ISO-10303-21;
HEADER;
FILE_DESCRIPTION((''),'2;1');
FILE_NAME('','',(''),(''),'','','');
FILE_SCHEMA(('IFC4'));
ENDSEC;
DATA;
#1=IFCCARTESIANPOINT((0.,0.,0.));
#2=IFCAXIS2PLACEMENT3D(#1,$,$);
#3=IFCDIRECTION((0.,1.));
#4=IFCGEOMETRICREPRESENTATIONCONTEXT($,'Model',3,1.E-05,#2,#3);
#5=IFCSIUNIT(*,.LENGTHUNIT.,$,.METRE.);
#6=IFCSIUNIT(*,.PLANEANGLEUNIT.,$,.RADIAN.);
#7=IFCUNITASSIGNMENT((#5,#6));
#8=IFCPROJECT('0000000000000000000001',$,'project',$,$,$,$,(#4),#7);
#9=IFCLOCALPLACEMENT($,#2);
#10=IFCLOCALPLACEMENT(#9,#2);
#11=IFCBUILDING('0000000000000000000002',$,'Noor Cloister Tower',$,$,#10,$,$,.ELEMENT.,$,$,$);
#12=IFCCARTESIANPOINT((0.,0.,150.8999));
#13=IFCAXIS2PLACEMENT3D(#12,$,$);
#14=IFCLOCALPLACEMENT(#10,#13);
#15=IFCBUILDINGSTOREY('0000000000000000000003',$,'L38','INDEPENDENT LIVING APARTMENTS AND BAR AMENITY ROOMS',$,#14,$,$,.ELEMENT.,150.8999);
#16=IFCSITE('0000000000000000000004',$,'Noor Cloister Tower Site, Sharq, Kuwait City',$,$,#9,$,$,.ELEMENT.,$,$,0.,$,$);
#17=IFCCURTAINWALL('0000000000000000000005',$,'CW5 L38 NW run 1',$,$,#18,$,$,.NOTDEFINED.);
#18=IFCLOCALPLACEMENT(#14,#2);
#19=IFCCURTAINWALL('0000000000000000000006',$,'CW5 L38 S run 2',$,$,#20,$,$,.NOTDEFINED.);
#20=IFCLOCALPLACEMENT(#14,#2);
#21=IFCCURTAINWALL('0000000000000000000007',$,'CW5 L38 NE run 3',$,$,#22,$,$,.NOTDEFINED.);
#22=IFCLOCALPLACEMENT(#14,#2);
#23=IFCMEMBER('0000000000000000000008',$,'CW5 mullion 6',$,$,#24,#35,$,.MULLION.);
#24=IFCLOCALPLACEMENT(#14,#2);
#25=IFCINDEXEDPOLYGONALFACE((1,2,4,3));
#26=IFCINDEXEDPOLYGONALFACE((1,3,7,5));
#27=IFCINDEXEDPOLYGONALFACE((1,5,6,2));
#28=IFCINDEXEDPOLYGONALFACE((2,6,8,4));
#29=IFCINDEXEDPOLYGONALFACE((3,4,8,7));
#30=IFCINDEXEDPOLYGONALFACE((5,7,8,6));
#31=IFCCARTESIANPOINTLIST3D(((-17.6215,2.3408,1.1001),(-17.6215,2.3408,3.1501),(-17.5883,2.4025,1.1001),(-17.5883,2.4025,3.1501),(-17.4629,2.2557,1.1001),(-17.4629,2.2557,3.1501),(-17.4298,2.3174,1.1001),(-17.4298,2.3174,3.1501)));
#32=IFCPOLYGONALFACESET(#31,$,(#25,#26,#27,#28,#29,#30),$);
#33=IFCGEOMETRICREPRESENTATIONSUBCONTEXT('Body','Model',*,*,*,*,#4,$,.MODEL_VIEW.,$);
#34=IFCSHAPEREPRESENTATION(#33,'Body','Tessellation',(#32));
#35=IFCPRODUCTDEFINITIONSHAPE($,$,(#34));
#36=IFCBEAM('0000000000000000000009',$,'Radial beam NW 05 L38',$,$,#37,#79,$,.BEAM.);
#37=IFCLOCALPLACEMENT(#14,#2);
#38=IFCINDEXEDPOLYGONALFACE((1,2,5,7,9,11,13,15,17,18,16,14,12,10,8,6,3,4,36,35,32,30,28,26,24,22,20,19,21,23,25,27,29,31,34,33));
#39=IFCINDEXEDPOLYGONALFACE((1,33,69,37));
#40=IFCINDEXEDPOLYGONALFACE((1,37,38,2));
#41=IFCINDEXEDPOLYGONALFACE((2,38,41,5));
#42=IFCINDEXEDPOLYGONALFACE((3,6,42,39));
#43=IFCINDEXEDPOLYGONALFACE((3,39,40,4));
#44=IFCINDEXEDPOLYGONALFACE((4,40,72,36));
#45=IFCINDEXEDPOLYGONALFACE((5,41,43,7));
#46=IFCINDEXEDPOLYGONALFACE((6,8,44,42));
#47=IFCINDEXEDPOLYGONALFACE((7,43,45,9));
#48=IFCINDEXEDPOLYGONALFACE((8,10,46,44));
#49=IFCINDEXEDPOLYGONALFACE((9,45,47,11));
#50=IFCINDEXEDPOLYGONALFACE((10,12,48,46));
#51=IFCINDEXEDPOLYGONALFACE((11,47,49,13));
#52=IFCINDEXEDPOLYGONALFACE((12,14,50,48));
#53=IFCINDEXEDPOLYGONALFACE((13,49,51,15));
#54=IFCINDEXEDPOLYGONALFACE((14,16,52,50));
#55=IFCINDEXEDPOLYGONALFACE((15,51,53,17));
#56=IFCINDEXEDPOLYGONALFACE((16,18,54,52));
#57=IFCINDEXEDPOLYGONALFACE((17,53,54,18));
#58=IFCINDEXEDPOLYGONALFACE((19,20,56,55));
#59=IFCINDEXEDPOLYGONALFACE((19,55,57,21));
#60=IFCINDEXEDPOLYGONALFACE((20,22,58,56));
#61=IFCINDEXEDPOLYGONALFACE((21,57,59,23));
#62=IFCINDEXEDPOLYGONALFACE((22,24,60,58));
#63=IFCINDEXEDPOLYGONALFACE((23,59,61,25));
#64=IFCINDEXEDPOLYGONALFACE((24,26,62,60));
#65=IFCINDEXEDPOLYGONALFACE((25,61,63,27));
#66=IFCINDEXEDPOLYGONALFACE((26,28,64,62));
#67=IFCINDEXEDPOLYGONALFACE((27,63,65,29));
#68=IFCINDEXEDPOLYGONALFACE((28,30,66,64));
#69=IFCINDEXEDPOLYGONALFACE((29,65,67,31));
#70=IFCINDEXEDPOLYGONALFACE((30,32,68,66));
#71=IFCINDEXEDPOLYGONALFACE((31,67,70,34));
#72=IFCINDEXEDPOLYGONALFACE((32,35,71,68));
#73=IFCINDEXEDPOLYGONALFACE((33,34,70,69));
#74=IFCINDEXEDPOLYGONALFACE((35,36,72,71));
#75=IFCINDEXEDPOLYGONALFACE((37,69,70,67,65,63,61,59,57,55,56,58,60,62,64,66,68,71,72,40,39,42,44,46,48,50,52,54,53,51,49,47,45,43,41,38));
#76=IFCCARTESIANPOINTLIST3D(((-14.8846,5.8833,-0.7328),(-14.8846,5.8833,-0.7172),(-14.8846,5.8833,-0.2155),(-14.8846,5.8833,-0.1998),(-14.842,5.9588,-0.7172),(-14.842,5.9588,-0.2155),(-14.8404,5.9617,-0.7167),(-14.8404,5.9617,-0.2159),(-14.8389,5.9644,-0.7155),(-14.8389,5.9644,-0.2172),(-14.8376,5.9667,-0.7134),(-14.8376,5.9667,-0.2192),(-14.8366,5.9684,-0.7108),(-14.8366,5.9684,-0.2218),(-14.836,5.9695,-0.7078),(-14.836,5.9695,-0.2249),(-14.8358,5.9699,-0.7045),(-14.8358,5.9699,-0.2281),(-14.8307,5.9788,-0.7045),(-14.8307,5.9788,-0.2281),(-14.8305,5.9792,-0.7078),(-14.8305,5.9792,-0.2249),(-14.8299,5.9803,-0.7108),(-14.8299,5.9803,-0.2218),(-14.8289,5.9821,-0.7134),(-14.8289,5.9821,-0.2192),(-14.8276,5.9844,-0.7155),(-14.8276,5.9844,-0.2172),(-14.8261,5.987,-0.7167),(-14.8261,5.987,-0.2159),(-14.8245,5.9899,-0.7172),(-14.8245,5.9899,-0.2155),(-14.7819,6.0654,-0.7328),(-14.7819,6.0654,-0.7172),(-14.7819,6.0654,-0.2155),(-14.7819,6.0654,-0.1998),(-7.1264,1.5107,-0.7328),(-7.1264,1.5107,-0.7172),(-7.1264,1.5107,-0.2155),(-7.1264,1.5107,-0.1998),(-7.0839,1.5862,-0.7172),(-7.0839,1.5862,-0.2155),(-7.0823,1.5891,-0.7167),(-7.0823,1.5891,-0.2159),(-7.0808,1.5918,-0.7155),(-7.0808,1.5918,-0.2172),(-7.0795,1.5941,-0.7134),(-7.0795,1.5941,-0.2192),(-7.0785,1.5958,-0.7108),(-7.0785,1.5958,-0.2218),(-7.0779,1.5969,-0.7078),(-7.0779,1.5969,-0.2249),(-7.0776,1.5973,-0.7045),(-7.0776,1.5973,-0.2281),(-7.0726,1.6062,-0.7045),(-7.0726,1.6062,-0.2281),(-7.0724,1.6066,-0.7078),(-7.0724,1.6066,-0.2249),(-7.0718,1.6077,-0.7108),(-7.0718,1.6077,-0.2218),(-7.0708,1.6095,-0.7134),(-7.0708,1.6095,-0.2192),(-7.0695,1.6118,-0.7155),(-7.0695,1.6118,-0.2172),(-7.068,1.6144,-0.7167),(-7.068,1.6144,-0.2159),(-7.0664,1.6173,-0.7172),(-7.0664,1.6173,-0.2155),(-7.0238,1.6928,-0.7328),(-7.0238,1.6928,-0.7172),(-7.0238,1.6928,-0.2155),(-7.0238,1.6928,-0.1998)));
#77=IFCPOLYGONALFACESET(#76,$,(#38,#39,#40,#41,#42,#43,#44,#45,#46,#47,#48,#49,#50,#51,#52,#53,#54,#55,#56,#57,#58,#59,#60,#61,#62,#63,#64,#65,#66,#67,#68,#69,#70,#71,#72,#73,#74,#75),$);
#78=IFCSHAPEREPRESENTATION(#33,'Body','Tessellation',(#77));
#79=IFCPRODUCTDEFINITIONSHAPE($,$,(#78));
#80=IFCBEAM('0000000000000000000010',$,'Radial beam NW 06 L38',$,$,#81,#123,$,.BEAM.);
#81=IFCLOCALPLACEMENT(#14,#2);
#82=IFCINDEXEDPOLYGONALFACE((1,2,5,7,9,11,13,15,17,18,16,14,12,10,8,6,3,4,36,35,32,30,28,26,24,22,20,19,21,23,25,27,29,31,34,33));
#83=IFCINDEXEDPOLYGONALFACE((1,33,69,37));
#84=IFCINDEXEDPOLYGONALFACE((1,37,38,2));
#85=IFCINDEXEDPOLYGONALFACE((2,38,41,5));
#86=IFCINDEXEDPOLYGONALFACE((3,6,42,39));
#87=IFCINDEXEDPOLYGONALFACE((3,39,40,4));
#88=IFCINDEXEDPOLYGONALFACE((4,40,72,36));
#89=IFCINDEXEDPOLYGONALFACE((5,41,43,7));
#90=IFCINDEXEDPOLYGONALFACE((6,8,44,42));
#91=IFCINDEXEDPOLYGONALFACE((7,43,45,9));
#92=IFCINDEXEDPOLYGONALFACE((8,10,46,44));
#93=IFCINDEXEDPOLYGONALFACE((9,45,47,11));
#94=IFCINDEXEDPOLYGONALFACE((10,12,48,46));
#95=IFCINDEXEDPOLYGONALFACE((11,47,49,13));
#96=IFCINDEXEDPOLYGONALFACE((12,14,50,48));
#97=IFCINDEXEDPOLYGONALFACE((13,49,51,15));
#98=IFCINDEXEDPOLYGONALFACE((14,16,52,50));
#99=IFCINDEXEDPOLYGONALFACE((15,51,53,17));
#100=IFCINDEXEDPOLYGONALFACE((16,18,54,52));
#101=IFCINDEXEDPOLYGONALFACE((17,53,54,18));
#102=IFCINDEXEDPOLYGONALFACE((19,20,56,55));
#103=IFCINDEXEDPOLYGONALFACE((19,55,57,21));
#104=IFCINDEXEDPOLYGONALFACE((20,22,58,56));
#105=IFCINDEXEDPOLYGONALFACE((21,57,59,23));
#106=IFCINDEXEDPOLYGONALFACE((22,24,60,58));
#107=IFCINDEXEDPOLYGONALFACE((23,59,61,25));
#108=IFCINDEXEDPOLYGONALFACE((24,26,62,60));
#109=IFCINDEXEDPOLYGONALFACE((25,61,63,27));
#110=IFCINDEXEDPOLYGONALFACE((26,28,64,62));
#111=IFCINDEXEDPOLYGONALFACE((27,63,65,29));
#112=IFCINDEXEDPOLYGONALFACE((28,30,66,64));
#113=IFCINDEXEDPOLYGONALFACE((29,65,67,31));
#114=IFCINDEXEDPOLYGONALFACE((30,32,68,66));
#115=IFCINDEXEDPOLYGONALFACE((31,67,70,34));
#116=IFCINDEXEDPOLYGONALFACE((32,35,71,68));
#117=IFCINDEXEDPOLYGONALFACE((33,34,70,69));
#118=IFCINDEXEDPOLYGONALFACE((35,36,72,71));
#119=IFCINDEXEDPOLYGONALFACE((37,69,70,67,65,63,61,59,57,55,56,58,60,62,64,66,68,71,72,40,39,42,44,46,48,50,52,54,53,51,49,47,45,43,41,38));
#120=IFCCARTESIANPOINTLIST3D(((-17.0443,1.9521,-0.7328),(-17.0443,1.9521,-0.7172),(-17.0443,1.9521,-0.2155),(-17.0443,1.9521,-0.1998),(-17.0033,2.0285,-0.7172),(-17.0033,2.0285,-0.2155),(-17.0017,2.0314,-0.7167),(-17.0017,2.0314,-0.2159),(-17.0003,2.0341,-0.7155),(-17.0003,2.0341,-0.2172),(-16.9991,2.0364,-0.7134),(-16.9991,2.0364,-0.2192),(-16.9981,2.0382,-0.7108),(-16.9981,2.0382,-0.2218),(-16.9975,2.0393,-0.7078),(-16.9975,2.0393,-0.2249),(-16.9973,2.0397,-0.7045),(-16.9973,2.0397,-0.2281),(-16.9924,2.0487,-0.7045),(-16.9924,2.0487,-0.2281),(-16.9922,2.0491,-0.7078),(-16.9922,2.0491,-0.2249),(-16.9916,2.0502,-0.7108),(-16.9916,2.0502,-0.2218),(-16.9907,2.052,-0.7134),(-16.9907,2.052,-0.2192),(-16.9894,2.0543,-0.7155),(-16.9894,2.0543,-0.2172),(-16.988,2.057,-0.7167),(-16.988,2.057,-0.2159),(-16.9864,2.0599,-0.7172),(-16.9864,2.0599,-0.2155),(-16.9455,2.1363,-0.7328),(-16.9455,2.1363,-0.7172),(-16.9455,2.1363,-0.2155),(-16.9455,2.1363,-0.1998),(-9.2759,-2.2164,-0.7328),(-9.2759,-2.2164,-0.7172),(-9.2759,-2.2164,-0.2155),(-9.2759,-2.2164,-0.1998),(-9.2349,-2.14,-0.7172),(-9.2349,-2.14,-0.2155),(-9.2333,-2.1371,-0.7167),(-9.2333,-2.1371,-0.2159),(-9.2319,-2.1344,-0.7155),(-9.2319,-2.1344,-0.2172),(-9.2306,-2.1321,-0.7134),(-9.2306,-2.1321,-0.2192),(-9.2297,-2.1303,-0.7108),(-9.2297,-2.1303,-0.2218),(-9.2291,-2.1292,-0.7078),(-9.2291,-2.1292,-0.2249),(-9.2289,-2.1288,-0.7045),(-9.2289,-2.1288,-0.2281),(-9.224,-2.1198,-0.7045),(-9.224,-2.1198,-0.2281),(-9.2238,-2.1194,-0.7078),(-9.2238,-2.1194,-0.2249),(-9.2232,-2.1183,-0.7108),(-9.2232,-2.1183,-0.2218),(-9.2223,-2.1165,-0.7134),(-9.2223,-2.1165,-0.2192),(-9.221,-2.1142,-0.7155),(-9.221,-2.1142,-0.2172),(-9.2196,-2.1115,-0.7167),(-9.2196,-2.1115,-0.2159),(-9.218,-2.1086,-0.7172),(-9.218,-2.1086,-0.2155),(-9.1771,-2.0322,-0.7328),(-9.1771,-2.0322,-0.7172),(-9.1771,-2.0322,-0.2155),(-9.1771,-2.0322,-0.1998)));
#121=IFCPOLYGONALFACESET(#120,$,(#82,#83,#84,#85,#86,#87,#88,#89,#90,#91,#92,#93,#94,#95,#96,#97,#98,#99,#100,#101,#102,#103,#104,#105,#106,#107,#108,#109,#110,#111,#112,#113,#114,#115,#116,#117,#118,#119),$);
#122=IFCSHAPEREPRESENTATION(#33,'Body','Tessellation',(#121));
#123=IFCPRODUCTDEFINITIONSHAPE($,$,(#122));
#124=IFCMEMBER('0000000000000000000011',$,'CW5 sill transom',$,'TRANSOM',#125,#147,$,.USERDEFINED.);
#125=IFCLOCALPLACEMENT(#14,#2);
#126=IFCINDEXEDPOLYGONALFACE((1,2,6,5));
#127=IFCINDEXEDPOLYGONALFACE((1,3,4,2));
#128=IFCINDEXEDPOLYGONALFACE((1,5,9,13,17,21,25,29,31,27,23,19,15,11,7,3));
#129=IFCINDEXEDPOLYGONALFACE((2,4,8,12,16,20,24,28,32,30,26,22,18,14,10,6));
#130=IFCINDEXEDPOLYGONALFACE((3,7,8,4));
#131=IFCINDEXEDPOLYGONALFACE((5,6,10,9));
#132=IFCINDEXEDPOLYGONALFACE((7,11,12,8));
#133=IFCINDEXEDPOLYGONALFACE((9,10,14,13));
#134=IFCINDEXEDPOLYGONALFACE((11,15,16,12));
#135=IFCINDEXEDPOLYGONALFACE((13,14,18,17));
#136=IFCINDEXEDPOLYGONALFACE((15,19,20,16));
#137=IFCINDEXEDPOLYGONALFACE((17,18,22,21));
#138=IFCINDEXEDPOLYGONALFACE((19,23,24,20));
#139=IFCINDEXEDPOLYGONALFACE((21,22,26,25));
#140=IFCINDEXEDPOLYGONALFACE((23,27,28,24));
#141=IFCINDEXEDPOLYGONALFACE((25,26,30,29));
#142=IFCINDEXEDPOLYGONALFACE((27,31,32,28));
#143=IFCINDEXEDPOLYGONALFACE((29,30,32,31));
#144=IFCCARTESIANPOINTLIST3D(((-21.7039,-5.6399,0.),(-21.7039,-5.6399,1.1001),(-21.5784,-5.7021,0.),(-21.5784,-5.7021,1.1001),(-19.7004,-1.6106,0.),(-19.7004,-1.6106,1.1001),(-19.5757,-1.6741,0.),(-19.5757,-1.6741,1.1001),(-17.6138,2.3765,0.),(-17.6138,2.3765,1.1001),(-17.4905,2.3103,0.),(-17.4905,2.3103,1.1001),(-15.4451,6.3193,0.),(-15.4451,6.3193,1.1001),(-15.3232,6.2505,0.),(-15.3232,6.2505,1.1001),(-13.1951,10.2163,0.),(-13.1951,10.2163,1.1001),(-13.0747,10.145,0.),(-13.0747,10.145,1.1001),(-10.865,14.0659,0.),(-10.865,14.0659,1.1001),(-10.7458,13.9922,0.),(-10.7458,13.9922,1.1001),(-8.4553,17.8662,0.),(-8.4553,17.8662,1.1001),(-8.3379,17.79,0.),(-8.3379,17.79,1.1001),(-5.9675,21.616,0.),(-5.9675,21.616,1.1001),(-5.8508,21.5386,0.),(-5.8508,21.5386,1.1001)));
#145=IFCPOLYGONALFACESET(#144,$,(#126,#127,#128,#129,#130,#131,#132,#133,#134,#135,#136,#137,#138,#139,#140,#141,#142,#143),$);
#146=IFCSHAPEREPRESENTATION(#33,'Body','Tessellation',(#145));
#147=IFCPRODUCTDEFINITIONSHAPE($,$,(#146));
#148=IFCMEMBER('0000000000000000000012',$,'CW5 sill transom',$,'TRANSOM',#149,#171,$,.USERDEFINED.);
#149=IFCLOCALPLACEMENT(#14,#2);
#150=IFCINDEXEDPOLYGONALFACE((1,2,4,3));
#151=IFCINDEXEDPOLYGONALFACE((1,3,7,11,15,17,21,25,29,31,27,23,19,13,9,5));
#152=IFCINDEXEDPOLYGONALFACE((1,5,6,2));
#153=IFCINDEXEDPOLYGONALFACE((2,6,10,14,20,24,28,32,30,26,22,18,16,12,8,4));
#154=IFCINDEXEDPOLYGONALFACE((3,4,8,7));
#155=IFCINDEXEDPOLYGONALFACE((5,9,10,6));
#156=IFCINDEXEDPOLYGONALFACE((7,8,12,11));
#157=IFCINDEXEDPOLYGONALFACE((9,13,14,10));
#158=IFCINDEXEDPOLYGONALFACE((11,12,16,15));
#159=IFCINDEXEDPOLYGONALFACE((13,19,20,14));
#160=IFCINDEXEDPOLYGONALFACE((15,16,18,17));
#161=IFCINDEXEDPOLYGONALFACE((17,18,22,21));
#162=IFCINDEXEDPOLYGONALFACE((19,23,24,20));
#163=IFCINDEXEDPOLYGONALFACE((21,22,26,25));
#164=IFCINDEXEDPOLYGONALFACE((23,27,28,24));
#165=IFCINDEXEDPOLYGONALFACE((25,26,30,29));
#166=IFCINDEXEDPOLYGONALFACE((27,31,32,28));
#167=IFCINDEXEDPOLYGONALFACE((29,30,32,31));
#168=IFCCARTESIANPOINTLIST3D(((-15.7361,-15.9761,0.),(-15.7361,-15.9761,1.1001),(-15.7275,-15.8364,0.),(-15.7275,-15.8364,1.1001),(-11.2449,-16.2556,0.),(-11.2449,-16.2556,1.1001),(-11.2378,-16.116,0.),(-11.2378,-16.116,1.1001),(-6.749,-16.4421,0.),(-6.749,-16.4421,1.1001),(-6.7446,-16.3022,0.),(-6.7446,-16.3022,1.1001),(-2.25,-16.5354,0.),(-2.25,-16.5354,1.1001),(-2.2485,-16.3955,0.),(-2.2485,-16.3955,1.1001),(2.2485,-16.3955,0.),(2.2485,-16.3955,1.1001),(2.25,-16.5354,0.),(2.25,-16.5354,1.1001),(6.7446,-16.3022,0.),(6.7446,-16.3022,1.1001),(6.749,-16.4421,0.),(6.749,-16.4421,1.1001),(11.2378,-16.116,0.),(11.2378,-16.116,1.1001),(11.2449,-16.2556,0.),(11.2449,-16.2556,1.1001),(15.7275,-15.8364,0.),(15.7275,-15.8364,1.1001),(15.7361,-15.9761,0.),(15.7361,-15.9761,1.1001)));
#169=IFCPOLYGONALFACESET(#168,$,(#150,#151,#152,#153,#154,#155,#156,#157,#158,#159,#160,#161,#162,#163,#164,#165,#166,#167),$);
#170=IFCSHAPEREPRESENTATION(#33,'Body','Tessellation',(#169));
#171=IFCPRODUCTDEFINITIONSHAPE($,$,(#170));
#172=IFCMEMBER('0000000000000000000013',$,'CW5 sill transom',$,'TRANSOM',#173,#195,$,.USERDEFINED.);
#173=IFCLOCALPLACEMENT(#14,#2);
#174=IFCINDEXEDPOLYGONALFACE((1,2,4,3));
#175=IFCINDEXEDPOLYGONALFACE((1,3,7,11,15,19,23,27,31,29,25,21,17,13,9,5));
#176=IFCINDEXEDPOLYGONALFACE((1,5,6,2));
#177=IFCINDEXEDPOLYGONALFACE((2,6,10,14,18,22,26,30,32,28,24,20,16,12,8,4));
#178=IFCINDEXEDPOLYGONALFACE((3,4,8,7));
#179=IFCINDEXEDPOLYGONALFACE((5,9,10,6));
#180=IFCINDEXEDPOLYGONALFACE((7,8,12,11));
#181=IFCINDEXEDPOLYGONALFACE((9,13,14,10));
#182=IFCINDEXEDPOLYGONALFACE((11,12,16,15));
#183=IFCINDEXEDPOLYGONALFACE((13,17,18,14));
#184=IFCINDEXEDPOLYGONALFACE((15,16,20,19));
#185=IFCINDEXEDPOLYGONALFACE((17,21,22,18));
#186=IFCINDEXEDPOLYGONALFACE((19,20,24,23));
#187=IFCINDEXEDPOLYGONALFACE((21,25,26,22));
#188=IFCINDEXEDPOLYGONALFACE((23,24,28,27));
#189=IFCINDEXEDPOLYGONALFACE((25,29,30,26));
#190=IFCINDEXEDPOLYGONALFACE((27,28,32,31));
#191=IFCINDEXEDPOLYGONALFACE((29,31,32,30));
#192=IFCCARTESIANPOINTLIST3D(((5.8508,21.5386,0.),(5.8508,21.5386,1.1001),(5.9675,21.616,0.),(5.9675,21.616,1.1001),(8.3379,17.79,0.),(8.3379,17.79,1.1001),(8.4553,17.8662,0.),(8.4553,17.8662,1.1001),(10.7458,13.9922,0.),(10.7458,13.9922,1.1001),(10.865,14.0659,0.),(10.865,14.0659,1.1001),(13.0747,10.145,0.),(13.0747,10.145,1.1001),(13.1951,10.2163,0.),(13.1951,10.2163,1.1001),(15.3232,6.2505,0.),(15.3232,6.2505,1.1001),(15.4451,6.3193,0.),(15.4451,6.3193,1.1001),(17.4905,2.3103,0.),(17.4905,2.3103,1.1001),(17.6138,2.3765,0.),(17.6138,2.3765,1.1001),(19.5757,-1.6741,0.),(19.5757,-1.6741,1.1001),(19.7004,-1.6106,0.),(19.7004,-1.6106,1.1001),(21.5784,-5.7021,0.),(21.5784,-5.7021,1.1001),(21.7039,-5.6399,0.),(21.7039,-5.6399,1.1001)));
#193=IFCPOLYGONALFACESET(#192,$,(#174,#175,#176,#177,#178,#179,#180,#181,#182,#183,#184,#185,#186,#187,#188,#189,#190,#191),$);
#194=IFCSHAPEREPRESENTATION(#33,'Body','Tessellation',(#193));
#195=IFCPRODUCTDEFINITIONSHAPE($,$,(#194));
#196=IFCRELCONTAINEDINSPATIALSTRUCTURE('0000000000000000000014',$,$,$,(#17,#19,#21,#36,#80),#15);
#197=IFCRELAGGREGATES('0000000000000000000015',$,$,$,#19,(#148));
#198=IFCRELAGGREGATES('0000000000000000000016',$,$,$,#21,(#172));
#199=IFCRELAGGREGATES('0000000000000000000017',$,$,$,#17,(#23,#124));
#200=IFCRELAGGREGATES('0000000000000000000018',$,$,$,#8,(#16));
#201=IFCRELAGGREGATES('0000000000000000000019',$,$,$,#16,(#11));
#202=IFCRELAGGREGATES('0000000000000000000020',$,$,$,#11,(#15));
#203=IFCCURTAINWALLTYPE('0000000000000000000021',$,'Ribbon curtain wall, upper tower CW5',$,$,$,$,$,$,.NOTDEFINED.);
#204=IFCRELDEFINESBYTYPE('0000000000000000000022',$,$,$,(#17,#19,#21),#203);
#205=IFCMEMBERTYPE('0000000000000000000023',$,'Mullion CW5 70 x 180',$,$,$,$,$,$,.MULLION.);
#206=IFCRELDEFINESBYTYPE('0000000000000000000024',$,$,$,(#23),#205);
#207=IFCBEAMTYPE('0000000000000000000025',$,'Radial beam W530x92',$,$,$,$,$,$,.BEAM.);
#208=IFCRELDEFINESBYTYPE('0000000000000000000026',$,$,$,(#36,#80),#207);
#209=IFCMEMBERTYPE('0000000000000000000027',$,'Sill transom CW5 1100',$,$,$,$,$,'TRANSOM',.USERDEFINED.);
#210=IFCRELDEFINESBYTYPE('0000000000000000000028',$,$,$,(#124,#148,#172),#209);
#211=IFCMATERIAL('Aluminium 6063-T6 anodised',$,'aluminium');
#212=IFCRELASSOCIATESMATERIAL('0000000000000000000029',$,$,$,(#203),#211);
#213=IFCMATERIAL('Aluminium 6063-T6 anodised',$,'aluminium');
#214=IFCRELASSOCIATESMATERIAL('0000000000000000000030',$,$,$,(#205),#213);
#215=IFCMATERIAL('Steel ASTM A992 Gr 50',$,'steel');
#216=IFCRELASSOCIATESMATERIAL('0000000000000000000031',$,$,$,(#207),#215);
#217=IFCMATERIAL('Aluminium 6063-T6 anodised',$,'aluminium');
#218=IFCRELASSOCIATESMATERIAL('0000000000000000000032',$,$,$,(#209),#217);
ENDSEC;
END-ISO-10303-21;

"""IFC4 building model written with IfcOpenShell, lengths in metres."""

from ifc_helpers import new_model, si_unit, direction, frame, origin, origin_2d, place, context, subcontext, project, spatial, polyline, rectangle, i_section, outline, extrude, material, material_profile, profile_set, type_object, element, aggregate, save


model = new_model("IFC4")

# Units and contexts
model_context = context("Model", 3, precision=1e-05, world=origin(), true_north=direction((0.0, 1.0)))
body_context = subcontext(model_context, "Body", "Model", "MODEL_VIEW")
ifc_project = project(units=[si_unit("LENGTHUNIT", "METRE"), si_unit("PLANEANGLEUNIT", "RADIAN")], contexts=[model_context])

# Site, building, storey
site_placement = place(None, origin())
site = spatial("IfcSite", under=ifc_project, at=site_placement, Name="Noor Cloister Tower Site, Sharq, Kuwait City", CompositionType="ELEMENT", RefElevation=0.0)
building_placement = place(site_placement, origin())
building = spatial("IfcBuilding", under=site, at=building_placement, Name="Noor Cloister Tower", CompositionType="ELEMENT")
storey_placement = place(building_placement, frame((0.0, 0.0, 150.8999)))
storey = spatial("IfcBuildingStorey", under=building, at=storey_placement, Name="L38", Description="INDEPENDENT LIVING APARTMENTS AND BAR AMENITY ROOMS", CompositionType="ELEMENT", Elevation=150.8999)

# Curtain walls
ifc_material_1 = material(Name="Aluminium 6063-T6 anodised", Category="aluminium")
curtain_wall_type = type_object("IfcCurtainWallType", Name="Ribbon curtain wall, upper tower CW5", PredefinedType="NOTDEFINED", material=ifc_material_1)
curtain_wall_1_placement = place(storey_placement, origin())
curtain_wall_1 = element("IfcCurtainWall", 1, at=curtain_wall_1_placement, inside=storey, type_object=curtain_wall_type, Name="CW5 L38 NW run 1", PredefinedType="NOTDEFINED")
curtain_wall_2_placement = place(storey_placement, origin())
curtain_wall_2 = element("IfcCurtainWall", 2, at=curtain_wall_2_placement, inside=storey, type_object=curtain_wall_type, Name="CW5 L38 S run 2", PredefinedType="NOTDEFINED")
curtain_wall_3_placement = place(storey_placement, origin())
curtain_wall_3 = element("IfcCurtainWall", 3, at=curtain_wall_3_placement, inside=storey, type_object=curtain_wall_type, Name="CW5 L38 NE run 3", PredefinedType="NOTDEFINED")

# Member
ifc_material_2 = material(Name="Aluminium 6063-T6 anodised", Category="aluminium")
ifc_material_profile_1 = material_profile(ifc_material_2, rectangle(XDim=0.1799, YDim=0.0701, at=origin_2d()), Name="180 x 70 mullion")
ifc_profile_set_1 = profile_set([ifc_material_profile_1], Name="Aluminium 6063-T6 anodised")
member_type_1 = type_object("IfcMemberType", Name="Mullion CW5 70 x 180", PredefinedType="MULLION", material=ifc_profile_set_1)
member_1_placement = place(storey_placement, frame((-17.5256, 2.3291, 1.1001), z_axis=(0.0, 0.0, 1.0), x_axis=(0.881151, -0.472835, 0.0)))
member_1 = element("IfcMember", 4, at=member_1_placement, type_object=member_type_1, Name="CW5 mullion 6", PredefinedType="MULLION", context=body_context, shape_type="SweptSolid", body=[
    extrude(rectangle(XDim=0.1799, YDim=0.0701, at=origin_2d()), origin(), (0.0, 0.0, 1.0), 2.05),
])

# Beams
ifc_material_3 = material(Name="Steel ASTM A992 Gr 50", Category="steel")
ifc_material_profile_2 = material_profile(ifc_material_3, i_section(OverallWidth=0.209, OverallDepth=0.533, WebThickness=0.0103, FlangeThickness=0.0156, FilletRadius=0.0127, at=origin_2d()), Name="W530x92")
ifc_profile_set_2 = profile_set([ifc_material_profile_2], Name="Steel ASTM A992 Gr 50")
beam_type_1 = type_object("IfcBeamType", Name="Radial beam W530x92", PredefinedType="BEAM", material=ifc_profile_set_2)
beam_1_placement = place(storey_placement, frame((-14.8333, 5.9744, -0.4663), z_axis=(0.87116, -0.490999, 0.0), x_axis=(0.490999, 0.87116, 0.0)))
element("IfcBeam", 5, at=beam_1_placement, inside=storey, type_object=beam_type_1, Name="Radial beam NW 05 L38", PredefinedType="BEAM", context=body_context, shape_type="SweptSolid", body=[
    extrude(i_section(OverallWidth=0.209, OverallDepth=0.533, WebThickness=0.0103, FlangeThickness=0.0156, FilletRadius=0.0127, at=origin_2d()), origin(), (0.0, 0.0, 1.0), 8.9055),
])
beam_2_placement = place(storey_placement, frame((-16.9949, 2.0442, -0.4663), z_axis=(0.881156, -0.472826, 0.0), x_axis=(0.472826, 0.881156, 0.0)))
element("IfcBeam", 6, at=beam_2_placement, inside=storey, type_object=beam_type_1, Name="Radial beam NW 06 L38", PredefinedType="BEAM", context=body_context, shape_type="SweptSolid", body=[
    extrude(i_section(OverallWidth=0.209, OverallDepth=0.533, WebThickness=0.0103, FlangeThickness=0.0156, FilletRadius=0.0127, at=origin_2d()), origin(), (0.0, 0.0, 1.0), 8.8162),
])

# Members
ifc_material_4 = material(Name="Aluminium 6063-T6 anodised", Category="aluminium")
member_type_2 = type_object("IfcMemberType", Name="Sill transom CW5 1100", ElementType="TRANSOM", PredefinedType="USERDEFINED", material=ifc_material_4)
member_2_placement = place(storey_placement, origin())
member_2 = element("IfcMember", 7, at=member_2_placement, type_object=member_type_2, Name="CW5 sill transom", ObjectType="TRANSOM", PredefinedType="USERDEFINED", context=body_context, shape_type="SweptSolid", body=[
    extrude(outline(polyline([(-5.9675, 21.616), (-8.4553, 17.8662), (-10.865, 14.0659), (-13.1951, 10.2163), (-15.4451, 6.3193), (-17.6138, 2.3765), (-19.7004, -1.6106), (-21.7039, -5.6399), (-21.5784, -5.7021), (-19.5757, -1.6741), (-17.4905, 2.3103), (-15.3232, 6.2505), (-13.0747, 10.145), (-10.7458, 13.9922), (-8.3379, 17.79), (-5.8508, 21.5386), (-5.9675, 21.616)])), origin(), (0.0, 0.0, 1.0), 1.1001),
])
member_3_placement = place(storey_placement, origin())
member_3 = element("IfcMember", 8, at=member_3_placement, type_object=member_type_2, Name="CW5 sill transom", ObjectType="TRANSOM", PredefinedType="USERDEFINED", context=body_context, shape_type="SweptSolid", body=[
    extrude(outline(polyline([(-15.7361, -15.9761), (-11.2449, -16.2556), (-6.749, -16.4421), (-2.25, -16.5354), (2.25, -16.5354), (6.749, -16.4421), (11.2449, -16.2556), (15.7361, -15.9761), (15.7275, -15.8364), (11.2378, -16.116), (6.7446, -16.3022), (2.2485, -16.3955), (-2.2485, -16.3955), (-6.7446, -16.3022), (-11.2378, -16.116), (-15.7275, -15.8364), (-15.7361, -15.9761)])), origin(), (0.0, 0.0, 1.0), 1.1001),
])
aggregate(curtain_wall_2, [member_3])
member_4_placement = place(storey_placement, origin())
member_4 = element("IfcMember", 9, at=member_4_placement, type_object=member_type_2, Name="CW5 sill transom", ObjectType="TRANSOM", PredefinedType="USERDEFINED", context=body_context, shape_type="SweptSolid", body=[
    extrude(outline(polyline([(21.7039, -5.6399), (19.7004, -1.6106), (17.6138, 2.3765), (15.4451, 6.3193), (13.1951, 10.2163), (10.865, 14.0659), (8.4553, 17.8662), (5.9675, 21.616), (5.8508, 21.5386), (8.3379, 17.79), (10.7458, 13.9922), (13.0747, 10.145), (15.3232, 6.2505), (17.4905, 2.3103), (19.5757, -1.6741), (21.5784, -5.7021), (21.7039, -5.6399)])), origin(), (0.0, 0.0, 1.0), 1.1001),
])
aggregate(curtain_wall_3, [member_4])

aggregate(curtain_wall_1, [member_1, member_2])

save(model, "model.ifc")
